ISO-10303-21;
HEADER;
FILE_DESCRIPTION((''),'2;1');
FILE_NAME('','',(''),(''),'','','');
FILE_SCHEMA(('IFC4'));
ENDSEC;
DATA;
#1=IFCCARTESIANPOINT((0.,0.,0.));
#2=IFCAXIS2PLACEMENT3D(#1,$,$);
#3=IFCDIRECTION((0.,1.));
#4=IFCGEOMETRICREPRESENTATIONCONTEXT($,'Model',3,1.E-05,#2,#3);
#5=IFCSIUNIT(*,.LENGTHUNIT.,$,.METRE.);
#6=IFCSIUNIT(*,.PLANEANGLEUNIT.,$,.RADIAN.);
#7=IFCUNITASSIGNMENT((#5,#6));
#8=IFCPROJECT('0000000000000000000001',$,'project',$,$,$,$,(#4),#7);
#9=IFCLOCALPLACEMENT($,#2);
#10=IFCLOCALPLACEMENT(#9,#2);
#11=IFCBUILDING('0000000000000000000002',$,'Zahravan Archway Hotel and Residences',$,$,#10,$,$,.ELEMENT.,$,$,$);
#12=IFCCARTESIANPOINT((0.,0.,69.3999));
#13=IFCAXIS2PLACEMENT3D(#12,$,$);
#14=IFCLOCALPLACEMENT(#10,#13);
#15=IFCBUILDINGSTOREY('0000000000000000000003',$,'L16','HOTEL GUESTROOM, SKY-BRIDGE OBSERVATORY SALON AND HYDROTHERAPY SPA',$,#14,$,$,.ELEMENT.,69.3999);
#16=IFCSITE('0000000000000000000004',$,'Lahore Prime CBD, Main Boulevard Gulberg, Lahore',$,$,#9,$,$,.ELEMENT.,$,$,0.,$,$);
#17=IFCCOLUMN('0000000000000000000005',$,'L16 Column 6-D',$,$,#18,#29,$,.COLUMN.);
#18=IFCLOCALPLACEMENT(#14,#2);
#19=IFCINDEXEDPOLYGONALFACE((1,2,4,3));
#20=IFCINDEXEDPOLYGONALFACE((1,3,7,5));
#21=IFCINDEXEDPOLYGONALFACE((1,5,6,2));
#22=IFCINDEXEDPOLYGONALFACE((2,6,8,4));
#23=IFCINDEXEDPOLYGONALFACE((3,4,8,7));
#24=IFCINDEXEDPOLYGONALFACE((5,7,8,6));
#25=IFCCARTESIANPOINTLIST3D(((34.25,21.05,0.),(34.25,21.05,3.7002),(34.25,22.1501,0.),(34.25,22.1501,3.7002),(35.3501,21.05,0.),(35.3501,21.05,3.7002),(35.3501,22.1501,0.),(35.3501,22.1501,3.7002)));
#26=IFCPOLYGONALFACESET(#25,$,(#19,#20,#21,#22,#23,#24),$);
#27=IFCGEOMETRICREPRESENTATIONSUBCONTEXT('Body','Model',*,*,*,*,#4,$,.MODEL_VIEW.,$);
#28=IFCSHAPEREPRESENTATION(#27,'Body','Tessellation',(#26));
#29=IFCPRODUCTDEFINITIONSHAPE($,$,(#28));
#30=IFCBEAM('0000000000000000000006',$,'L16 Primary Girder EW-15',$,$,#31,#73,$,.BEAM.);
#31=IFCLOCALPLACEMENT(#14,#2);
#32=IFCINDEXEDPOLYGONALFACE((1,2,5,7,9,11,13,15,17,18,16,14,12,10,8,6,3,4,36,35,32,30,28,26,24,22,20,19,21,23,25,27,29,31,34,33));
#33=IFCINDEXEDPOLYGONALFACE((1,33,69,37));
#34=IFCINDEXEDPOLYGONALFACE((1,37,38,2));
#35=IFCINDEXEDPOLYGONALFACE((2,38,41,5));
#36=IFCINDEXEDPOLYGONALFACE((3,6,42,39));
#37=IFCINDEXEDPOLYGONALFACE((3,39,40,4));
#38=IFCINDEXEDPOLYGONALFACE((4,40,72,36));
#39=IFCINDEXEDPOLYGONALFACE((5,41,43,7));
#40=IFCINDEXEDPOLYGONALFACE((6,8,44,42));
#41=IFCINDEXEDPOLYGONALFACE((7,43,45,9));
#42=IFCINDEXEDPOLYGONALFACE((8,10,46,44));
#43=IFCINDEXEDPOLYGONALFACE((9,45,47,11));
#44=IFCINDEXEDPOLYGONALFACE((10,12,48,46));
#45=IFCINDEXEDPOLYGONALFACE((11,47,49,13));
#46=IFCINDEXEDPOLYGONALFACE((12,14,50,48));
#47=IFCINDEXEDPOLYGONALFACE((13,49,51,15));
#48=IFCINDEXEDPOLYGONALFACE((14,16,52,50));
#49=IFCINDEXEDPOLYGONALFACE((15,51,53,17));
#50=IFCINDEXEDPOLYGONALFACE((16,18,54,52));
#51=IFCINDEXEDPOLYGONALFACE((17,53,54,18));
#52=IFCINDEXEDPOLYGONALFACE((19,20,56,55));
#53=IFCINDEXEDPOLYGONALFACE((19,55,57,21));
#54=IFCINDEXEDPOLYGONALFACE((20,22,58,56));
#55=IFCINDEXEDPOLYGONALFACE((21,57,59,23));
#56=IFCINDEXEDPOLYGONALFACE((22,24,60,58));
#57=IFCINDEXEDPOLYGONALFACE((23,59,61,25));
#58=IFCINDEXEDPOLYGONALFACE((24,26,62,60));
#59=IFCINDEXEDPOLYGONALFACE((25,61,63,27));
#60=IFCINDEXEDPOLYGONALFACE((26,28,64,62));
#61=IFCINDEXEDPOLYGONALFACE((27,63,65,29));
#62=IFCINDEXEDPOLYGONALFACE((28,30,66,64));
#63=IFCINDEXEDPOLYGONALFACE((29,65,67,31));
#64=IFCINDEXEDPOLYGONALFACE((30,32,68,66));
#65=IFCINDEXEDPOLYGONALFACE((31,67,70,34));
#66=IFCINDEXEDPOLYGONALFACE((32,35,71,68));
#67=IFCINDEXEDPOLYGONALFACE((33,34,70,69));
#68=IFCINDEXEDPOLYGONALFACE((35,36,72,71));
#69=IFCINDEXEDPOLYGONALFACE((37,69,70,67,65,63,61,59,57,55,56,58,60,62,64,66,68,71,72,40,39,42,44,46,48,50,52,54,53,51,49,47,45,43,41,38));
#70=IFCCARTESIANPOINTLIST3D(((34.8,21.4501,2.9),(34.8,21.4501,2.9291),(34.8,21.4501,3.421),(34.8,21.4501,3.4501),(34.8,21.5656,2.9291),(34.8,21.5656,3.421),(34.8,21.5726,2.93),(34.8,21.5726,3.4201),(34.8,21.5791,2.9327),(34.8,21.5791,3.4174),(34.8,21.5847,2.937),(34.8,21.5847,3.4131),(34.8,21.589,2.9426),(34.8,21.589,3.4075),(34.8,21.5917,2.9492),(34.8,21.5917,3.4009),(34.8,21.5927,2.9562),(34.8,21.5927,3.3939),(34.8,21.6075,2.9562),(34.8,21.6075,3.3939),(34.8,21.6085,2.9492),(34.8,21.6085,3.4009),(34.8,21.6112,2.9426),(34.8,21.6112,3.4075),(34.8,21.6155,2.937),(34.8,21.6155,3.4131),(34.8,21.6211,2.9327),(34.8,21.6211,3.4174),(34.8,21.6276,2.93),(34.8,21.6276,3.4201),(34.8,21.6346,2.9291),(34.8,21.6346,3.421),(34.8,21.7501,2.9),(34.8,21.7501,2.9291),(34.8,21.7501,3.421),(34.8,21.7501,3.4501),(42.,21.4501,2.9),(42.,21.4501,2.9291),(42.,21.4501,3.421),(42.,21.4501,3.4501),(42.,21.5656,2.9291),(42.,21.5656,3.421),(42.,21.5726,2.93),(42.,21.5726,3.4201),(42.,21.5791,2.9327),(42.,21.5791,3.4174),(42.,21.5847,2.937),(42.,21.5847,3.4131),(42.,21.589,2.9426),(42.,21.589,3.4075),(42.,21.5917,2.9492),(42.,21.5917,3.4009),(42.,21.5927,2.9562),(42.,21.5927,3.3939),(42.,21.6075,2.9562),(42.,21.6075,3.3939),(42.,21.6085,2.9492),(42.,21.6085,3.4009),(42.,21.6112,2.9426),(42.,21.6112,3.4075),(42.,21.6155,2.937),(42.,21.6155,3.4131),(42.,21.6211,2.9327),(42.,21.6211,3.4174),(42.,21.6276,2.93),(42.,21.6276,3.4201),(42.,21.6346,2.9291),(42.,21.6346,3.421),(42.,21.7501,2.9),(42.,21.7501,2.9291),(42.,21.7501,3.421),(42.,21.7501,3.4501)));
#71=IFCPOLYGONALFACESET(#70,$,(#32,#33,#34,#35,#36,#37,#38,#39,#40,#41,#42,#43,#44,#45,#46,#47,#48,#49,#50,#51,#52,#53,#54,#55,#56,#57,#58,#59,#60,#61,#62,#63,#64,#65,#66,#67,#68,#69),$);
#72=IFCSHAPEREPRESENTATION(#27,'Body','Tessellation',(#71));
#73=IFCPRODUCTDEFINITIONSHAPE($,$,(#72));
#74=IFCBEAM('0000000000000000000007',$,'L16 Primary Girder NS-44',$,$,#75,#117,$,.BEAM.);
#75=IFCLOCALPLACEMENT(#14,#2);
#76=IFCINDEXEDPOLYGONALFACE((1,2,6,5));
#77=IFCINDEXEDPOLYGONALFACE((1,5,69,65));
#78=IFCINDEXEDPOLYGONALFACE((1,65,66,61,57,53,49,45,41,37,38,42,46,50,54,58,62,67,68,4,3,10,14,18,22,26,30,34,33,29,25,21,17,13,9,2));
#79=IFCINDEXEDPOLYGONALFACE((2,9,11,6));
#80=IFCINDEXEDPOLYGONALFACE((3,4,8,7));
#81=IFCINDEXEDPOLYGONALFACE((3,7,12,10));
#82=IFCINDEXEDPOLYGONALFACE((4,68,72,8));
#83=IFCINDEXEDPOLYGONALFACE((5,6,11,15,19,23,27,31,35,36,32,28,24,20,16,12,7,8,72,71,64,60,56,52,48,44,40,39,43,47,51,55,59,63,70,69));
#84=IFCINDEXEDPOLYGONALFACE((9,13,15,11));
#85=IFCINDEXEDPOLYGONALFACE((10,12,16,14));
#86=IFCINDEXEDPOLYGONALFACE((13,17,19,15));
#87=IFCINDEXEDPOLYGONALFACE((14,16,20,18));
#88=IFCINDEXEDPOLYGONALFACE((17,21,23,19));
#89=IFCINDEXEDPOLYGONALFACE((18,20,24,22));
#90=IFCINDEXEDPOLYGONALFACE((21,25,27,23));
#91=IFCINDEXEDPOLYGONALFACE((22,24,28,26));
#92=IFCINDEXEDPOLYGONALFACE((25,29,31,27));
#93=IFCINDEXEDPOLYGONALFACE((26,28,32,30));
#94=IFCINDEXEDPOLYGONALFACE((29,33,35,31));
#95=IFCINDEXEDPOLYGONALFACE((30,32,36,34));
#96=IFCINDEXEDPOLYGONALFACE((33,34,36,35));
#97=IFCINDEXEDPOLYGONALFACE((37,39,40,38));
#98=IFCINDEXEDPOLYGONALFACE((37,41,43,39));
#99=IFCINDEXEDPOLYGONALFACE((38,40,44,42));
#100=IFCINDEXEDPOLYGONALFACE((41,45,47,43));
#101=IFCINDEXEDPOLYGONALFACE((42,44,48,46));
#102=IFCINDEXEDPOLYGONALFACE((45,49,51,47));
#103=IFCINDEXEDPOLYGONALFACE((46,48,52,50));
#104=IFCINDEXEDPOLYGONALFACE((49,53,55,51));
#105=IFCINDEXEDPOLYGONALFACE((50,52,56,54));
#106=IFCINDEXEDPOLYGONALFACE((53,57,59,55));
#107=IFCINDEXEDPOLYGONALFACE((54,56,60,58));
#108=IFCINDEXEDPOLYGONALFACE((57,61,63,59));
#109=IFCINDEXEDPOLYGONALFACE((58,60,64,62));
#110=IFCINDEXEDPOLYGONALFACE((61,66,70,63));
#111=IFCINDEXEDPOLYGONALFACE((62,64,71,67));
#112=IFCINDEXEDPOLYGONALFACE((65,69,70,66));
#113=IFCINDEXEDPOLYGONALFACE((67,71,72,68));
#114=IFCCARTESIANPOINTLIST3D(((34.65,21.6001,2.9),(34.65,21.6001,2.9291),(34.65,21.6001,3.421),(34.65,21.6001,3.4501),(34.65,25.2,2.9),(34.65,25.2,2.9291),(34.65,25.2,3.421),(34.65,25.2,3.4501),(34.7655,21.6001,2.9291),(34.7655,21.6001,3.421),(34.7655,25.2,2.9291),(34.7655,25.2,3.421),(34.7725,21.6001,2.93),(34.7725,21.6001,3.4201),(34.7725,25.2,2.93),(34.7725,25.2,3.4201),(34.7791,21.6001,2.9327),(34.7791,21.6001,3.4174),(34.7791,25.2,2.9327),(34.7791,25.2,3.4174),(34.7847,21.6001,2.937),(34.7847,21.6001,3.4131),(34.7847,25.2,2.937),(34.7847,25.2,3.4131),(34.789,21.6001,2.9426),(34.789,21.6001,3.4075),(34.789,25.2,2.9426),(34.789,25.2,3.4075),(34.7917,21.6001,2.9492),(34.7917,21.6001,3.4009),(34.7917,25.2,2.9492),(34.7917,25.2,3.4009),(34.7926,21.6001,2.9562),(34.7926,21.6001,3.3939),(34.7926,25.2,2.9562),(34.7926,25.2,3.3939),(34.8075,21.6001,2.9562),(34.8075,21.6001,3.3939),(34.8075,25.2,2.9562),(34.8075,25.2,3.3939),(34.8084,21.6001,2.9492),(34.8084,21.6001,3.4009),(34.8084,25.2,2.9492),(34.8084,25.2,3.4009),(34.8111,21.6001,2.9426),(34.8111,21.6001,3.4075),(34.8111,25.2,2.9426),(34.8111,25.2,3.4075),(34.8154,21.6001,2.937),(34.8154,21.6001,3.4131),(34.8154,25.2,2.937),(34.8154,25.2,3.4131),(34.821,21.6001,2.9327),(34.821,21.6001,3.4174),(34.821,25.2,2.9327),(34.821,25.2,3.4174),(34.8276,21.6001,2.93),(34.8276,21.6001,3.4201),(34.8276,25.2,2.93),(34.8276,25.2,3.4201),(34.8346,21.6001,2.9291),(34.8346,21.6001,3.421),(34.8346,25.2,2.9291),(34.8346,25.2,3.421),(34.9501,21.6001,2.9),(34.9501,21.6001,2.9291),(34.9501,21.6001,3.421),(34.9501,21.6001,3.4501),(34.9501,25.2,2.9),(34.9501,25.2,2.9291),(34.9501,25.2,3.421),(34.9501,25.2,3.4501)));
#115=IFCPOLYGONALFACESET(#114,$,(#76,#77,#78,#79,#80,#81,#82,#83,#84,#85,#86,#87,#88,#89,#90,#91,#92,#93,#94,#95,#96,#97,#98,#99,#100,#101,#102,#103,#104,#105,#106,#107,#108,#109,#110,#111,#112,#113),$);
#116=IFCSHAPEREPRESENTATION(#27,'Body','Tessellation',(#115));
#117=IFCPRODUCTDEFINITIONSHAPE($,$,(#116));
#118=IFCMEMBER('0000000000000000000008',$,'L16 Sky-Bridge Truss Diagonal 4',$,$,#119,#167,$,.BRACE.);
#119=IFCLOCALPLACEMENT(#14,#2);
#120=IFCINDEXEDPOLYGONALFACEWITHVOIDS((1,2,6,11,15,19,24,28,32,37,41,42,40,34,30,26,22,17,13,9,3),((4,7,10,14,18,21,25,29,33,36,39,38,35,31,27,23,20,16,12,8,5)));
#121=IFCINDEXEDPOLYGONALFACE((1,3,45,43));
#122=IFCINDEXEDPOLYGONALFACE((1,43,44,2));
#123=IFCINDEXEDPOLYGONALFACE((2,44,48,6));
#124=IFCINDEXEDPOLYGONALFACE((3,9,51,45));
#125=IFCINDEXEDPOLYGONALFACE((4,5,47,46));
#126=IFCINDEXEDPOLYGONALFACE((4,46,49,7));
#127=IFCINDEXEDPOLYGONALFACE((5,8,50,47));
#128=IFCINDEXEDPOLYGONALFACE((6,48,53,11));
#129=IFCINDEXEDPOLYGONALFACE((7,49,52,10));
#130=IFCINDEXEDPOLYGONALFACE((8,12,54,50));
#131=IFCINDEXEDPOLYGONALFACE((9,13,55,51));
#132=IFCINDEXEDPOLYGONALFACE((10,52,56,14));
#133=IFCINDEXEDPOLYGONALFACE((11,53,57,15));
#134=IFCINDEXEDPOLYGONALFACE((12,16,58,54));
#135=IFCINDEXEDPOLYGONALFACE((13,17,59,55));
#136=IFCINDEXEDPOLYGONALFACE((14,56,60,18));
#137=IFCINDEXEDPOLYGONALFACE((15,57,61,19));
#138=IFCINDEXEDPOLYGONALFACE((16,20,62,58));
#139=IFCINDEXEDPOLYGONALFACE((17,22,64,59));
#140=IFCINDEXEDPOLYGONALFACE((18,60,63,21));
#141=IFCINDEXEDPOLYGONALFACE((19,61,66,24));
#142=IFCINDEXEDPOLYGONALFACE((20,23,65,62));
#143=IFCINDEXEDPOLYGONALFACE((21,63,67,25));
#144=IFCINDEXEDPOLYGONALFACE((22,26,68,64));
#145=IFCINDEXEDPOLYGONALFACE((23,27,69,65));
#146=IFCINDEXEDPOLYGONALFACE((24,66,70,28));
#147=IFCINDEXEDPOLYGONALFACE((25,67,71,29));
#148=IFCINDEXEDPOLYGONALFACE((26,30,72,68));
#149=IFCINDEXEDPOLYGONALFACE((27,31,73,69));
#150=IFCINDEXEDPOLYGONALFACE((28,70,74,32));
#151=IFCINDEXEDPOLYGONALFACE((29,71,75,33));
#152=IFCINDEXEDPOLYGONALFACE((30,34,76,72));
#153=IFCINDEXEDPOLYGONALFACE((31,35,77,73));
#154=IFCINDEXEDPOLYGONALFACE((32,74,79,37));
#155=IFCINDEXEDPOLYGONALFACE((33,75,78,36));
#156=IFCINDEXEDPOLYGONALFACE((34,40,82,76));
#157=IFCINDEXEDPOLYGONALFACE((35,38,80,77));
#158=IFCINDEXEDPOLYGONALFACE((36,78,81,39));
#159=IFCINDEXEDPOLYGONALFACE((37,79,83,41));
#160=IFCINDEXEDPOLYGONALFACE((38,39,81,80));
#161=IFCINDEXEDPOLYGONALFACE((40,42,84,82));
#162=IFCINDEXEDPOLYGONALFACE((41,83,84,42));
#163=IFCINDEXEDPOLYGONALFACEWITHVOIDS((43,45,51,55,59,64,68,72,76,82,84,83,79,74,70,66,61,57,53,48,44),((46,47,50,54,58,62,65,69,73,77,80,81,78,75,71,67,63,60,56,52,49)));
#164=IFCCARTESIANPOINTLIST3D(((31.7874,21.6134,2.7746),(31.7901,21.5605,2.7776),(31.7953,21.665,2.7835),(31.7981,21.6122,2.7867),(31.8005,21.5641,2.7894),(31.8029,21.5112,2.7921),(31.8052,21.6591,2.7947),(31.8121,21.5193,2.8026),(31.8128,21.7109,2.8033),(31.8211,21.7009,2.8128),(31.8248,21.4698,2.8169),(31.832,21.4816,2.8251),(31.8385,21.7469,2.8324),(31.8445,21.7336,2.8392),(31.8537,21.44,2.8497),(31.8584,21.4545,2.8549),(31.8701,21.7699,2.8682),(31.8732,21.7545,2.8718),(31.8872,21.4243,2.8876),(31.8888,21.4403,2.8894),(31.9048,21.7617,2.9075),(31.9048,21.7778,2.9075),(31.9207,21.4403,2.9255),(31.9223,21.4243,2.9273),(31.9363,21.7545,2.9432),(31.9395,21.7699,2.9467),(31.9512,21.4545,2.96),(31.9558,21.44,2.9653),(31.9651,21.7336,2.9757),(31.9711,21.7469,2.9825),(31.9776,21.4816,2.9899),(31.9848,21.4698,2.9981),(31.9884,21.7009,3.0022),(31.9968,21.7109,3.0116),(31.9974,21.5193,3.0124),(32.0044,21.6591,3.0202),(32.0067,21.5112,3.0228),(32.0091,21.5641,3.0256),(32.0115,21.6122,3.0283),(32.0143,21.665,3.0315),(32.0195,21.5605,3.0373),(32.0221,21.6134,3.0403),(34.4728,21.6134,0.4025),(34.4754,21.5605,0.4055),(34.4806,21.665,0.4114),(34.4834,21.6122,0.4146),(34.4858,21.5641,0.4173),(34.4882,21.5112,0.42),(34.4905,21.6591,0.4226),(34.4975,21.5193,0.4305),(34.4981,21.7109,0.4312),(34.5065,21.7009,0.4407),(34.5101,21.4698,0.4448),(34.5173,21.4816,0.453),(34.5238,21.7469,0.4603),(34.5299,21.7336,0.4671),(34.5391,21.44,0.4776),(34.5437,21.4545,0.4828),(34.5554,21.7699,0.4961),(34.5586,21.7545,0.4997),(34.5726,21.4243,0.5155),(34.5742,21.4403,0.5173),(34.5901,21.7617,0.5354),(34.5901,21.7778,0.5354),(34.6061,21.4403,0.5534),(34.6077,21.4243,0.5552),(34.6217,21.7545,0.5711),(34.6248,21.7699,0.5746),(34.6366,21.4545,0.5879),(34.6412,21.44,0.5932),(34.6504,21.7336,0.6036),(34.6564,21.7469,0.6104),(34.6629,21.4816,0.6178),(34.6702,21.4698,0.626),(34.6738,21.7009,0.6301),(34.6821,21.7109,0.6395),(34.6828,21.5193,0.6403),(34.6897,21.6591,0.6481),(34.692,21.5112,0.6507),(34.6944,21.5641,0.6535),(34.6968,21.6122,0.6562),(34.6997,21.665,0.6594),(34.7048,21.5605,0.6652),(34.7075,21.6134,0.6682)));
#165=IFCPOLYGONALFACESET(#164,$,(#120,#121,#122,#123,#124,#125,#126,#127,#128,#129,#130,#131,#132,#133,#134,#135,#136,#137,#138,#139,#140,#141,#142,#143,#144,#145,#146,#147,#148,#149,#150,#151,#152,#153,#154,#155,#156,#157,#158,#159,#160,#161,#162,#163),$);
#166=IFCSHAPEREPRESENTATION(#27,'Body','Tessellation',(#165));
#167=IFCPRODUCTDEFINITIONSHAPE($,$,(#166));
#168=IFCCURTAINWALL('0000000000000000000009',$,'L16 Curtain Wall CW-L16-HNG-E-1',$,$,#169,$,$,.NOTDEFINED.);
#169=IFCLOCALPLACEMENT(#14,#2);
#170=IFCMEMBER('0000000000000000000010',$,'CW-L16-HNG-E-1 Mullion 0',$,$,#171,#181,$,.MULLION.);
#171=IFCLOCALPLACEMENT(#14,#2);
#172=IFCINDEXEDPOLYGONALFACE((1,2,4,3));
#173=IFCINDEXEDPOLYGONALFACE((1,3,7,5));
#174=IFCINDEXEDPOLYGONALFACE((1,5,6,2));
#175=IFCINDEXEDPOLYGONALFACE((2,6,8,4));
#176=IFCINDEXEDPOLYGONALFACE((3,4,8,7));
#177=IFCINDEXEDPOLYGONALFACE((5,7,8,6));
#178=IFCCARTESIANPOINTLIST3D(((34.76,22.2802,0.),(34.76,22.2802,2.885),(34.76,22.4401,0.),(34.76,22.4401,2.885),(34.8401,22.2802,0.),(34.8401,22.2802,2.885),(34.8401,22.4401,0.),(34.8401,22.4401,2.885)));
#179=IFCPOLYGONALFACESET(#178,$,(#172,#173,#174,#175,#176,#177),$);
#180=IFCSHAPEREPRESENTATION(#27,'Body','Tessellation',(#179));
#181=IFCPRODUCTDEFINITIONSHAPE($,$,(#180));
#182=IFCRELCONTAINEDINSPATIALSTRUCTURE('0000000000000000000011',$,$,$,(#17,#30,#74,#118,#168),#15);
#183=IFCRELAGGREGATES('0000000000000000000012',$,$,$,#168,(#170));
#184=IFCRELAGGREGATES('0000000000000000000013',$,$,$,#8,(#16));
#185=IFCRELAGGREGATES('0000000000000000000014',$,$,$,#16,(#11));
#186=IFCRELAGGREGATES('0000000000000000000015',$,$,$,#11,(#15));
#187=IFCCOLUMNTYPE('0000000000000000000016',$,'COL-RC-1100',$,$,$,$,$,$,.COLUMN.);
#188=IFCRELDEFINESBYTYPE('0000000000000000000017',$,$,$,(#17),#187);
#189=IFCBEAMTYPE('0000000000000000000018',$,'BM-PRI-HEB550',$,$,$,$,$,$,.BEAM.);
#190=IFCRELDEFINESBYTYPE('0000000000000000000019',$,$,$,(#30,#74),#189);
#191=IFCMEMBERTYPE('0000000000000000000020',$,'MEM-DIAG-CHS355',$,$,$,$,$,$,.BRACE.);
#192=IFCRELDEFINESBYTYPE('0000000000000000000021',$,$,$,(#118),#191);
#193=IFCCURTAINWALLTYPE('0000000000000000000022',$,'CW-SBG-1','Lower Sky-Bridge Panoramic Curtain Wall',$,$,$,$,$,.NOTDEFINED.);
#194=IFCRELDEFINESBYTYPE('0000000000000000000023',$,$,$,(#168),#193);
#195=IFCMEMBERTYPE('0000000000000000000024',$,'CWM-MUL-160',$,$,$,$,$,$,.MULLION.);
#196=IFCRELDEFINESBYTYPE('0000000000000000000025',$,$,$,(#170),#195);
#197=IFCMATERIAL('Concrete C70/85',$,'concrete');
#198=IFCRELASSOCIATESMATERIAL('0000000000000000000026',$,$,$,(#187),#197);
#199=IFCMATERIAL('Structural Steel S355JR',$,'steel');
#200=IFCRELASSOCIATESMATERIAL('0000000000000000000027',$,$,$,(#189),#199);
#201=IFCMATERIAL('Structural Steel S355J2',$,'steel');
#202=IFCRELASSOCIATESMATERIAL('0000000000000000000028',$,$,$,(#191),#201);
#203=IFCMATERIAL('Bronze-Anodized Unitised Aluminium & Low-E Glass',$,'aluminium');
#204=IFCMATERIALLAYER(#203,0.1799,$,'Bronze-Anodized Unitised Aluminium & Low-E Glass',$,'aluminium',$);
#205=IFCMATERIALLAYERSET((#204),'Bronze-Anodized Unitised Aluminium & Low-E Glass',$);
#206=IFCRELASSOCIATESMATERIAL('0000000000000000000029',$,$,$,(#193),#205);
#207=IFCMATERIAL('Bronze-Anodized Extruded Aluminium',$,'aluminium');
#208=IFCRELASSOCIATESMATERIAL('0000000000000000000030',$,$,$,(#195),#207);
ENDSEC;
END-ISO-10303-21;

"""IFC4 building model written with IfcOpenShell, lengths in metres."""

from ifc_helpers import new_model, si_unit, direction, frame, origin, origin_2d, place, context, subcontext, project, spatial, rectangle, hollow_circle, i_section, extrude, source, transform, mapped, material, layer, layer_set, material_profile, profile_set, type_object, element, aggregate, save


model = new_model("IFC4")

# Units and contexts
model_context = context("Model", 3, precision=1e-05, world=origin(), true_north=direction((0.0, 1.0)))
body_context = subcontext(model_context, "Body", "Model", "MODEL_VIEW")
ifc_project = project(units=[si_unit("LENGTHUNIT", "METRE"), si_unit("PLANEANGLEUNIT", "RADIAN")], contexts=[model_context])

# Site, building, storey
site_placement = place(None, origin())
site = spatial("IfcSite", under=ifc_project, at=site_placement, Name="Lahore Prime CBD, Main Boulevard Gulberg, Lahore", CompositionType="ELEMENT", RefElevation=0.0)
building_placement = place(site_placement, origin())
building = spatial("IfcBuilding", under=site, at=building_placement, Name="Zahravan Archway Hotel and Residences", CompositionType="ELEMENT")
storey_placement = place(building_placement, frame((0.0, 0.0, 69.3999)))
storey = spatial("IfcBuildingStorey", under=building, at=storey_placement, Name="L16", Description="HOTEL GUESTROOM, SKY-BRIDGE OBSERVATORY SALON AND HYDROTHERAPY SPA", CompositionType="ELEMENT", Elevation=69.3999)

# Column
ifc_material_1 = material(Name="Concrete C70/85", Category="concrete")
ifc_material_profile_1 = material_profile(ifc_material_1, rectangle(XDim=1.1001, YDim=1.1001, at=origin_2d()), Name="RC 1100x1100", Category="concrete")
ifc_profile_set_1 = profile_set([ifc_material_profile_1], Name="Concrete C70/85")
column_type = type_object("IfcColumnType", Name="COL-RC-1100", PredefinedType="COLUMN", material=ifc_profile_set_1)
shared_shape_1 = source(origin(), body_context, "Body", "SweptSolid", [
    extrude(rectangle(XDim=1.1001, YDim=1.1001, at=origin_2d()), origin(), (0.0, 0.0, 1.0), 3.7002),
])
column_placement = place(storey_placement, frame((34.8, 21.6001, 0.0), z_axis=(0.0, 0.0, 1.0), x_axis=(1.0, 0.0, 0.0)))
element("IfcColumn", 1, at=column_placement, inside=storey, type_object=column_type, Name="L16 Column 6-D", PredefinedType="COLUMN", context=body_context, shape_type="MappedRepresentation", body=[
    mapped(shared_shape_1, transform((0.0, 0.0, 0.0), scale=1.0)),
])

# Beams
ifc_material_2 = material(Name="Structural Steel S355JR", Category="steel")
ifc_material_profile_2 = material_profile(ifc_material_2, i_section(OverallWidth=0.3, OverallDepth=0.55, WebThickness=0.0149, FlangeThickness=0.0291, FilletRadius=0.0271, at=origin_2d()), Name="HEB 550", Category="steel")
ifc_profile_set_2 = profile_set([ifc_material_profile_2], Name="Structural Steel S355JR")
beam_type = type_object("IfcBeamType", Name="BM-PRI-HEB550", PredefinedType="BEAM", material=ifc_profile_set_2)
shared_shape_2 = source(origin(), body_context, "Body", "SweptSolid", [
    extrude(i_section(OverallWidth=0.3, OverallDepth=0.55, WebThickness=0.0149, FlangeThickness=0.0291, FilletRadius=0.0271, at=origin_2d()), origin(), (0.0, 0.0, 1.0), 7.2),
])
beam_1_placement = place(storey_placement, frame((34.8, 21.6001, 3.175), z_axis=(1.0, 0.0, 0.0), x_axis=(0.0, 1.0, 0.0)))
element("IfcBeam", 2, at=beam_1_placement, inside=storey, type_object=beam_type, Name="L16 Primary Girder EW-15", PredefinedType="BEAM", context=body_context, shape_type="MappedRepresentation", body=[
    mapped(shared_shape_2, transform((0.0, 0.0, 0.0), scale=1.0)),
])
shared_shape_3 = source(origin(), body_context, "Body", "SweptSolid", [
    extrude(i_section(OverallWidth=0.3, OverallDepth=0.55, WebThickness=0.0149, FlangeThickness=0.0291, FilletRadius=0.0271, at=origin_2d()), origin(), (0.0, 0.0, 1.0), 3.5999),
])
beam_2_placement = place(storey_placement, frame((34.8, 21.6001, 3.175), z_axis=(0.0, 1.0, 0.0), x_axis=(-1.0, 0.0, 0.0)))
element("IfcBeam", 3, at=beam_2_placement, inside=storey, type_object=beam_type, Name="L16 Primary Girder NS-44", PredefinedType="BEAM", context=body_context, shape_type="MappedRepresentation", body=[
    mapped(shared_shape_3, transform((0.0, 0.0, 0.0), scale=1.0)),
])

# Member
ifc_material_3 = material(Name="Structural Steel S355J2", Category="steel")
ifc_material_profile_3 = material_profile(ifc_material_3, hollow_circle(Radius=0.1777, WallThickness=0.0161, at=origin_2d()), Name="CHS 355.6x16", Category="steel")
ifc_profile_set_3 = profile_set([ifc_material_profile_3], Name="Structural Steel S355J2")
member_type_1 = type_object("IfcMemberType", Name="MEM-DIAG-CHS355", PredefinedType="BRACE", material=ifc_profile_set_3)
shared_shape_4 = source(origin(), body_context, "Body", "SweptSolid", [
    extrude(hollow_circle(Radius=0.1777, WallThickness=0.0161, at=origin_2d()), origin(), (0.0, 0.0, 1.0), 3.583),
])
member_1_placement = place(storey_placement, frame((31.9048, 21.6001, 2.9075), z_axis=(0.749466, 0.0, -0.662043), x_axis=(0.0, 1.0, 0.0)))
element("IfcMember", 4, at=member_1_placement, inside=storey, type_object=member_type_1, Name="L16 Sky-Bridge Truss Diagonal 4", PredefinedType="BRACE", context=body_context, shape_type="MappedRepresentation", body=[
    mapped(shared_shape_4, transform((0.0, 0.0, 0.0), scale=1.0)),
])

# Curtain wall, member
ifc_material_4 = material(Name="Bronze-Anodized Unitised Aluminium & Low-E Glass", Category="aluminium")
ifc_layer_1 = layer(ifc_material_4, 0.1799, Name="Bronze-Anodized Unitised Aluminium & Low-E Glass", Category="aluminium")
ifc_layer_set_1 = layer_set([ifc_layer_1], Name="Bronze-Anodized Unitised Aluminium & Low-E Glass")
curtain_wall_type = type_object("IfcCurtainWallType", Name="CW-SBG-1", Description="Lower Sky-Bridge Panoramic Curtain Wall", PredefinedType="NOTDEFINED", material=ifc_layer_set_1)
curtain_wall_placement = place(storey_placement, origin())
curtain_wall = element("IfcCurtainWall", 5, at=curtain_wall_placement, inside=storey, type_object=curtain_wall_type, Name="L16 Curtain Wall CW-L16-HNG-E-1", PredefinedType="NOTDEFINED")
ifc_material_5 = material(Name="Bronze-Anodized Extruded Aluminium", Category="aluminium")
ifc_material_profile_4 = material_profile(ifc_material_5, rectangle(XDim=0.0801, YDim=0.1599, at=origin_2d()), Name="MUL 80x160", Category="aluminium")
ifc_profile_set_4 = profile_set([ifc_material_profile_4], Name="Bronze-Anodized Extruded Aluminium")
member_type_2 = type_object("IfcMemberType", Name="CWM-MUL-160", PredefinedType="MULLION", material=ifc_profile_set_4)
shared_shape_5 = source(origin(), body_context, "Body", "SweptSolid", [
    extrude(rectangle(XDim=0.0801, YDim=0.1599, at=origin_2d()), origin(), (0.0, 0.0, 1.0), 2.885),
])
member_2_placement = place(storey_placement, frame((34.8, 22.3601, 0.0), z_axis=(0.0, 0.0, 1.0), x_axis=(1.0, 0.0, 0.0)))
member_2 = element("IfcMember", 6, at=member_2_placement, type_object=member_type_2, Name="CW-L16-HNG-E-1 Mullion 0", PredefinedType="MULLION", context=body_context, shape_type="MappedRepresentation", body=[
    mapped(shared_shape_5, transform((0.0, 0.0, 0.0), scale=1.0)),
])

aggregate(curtain_wall, [member_2])

save(model, "model.ifc")
